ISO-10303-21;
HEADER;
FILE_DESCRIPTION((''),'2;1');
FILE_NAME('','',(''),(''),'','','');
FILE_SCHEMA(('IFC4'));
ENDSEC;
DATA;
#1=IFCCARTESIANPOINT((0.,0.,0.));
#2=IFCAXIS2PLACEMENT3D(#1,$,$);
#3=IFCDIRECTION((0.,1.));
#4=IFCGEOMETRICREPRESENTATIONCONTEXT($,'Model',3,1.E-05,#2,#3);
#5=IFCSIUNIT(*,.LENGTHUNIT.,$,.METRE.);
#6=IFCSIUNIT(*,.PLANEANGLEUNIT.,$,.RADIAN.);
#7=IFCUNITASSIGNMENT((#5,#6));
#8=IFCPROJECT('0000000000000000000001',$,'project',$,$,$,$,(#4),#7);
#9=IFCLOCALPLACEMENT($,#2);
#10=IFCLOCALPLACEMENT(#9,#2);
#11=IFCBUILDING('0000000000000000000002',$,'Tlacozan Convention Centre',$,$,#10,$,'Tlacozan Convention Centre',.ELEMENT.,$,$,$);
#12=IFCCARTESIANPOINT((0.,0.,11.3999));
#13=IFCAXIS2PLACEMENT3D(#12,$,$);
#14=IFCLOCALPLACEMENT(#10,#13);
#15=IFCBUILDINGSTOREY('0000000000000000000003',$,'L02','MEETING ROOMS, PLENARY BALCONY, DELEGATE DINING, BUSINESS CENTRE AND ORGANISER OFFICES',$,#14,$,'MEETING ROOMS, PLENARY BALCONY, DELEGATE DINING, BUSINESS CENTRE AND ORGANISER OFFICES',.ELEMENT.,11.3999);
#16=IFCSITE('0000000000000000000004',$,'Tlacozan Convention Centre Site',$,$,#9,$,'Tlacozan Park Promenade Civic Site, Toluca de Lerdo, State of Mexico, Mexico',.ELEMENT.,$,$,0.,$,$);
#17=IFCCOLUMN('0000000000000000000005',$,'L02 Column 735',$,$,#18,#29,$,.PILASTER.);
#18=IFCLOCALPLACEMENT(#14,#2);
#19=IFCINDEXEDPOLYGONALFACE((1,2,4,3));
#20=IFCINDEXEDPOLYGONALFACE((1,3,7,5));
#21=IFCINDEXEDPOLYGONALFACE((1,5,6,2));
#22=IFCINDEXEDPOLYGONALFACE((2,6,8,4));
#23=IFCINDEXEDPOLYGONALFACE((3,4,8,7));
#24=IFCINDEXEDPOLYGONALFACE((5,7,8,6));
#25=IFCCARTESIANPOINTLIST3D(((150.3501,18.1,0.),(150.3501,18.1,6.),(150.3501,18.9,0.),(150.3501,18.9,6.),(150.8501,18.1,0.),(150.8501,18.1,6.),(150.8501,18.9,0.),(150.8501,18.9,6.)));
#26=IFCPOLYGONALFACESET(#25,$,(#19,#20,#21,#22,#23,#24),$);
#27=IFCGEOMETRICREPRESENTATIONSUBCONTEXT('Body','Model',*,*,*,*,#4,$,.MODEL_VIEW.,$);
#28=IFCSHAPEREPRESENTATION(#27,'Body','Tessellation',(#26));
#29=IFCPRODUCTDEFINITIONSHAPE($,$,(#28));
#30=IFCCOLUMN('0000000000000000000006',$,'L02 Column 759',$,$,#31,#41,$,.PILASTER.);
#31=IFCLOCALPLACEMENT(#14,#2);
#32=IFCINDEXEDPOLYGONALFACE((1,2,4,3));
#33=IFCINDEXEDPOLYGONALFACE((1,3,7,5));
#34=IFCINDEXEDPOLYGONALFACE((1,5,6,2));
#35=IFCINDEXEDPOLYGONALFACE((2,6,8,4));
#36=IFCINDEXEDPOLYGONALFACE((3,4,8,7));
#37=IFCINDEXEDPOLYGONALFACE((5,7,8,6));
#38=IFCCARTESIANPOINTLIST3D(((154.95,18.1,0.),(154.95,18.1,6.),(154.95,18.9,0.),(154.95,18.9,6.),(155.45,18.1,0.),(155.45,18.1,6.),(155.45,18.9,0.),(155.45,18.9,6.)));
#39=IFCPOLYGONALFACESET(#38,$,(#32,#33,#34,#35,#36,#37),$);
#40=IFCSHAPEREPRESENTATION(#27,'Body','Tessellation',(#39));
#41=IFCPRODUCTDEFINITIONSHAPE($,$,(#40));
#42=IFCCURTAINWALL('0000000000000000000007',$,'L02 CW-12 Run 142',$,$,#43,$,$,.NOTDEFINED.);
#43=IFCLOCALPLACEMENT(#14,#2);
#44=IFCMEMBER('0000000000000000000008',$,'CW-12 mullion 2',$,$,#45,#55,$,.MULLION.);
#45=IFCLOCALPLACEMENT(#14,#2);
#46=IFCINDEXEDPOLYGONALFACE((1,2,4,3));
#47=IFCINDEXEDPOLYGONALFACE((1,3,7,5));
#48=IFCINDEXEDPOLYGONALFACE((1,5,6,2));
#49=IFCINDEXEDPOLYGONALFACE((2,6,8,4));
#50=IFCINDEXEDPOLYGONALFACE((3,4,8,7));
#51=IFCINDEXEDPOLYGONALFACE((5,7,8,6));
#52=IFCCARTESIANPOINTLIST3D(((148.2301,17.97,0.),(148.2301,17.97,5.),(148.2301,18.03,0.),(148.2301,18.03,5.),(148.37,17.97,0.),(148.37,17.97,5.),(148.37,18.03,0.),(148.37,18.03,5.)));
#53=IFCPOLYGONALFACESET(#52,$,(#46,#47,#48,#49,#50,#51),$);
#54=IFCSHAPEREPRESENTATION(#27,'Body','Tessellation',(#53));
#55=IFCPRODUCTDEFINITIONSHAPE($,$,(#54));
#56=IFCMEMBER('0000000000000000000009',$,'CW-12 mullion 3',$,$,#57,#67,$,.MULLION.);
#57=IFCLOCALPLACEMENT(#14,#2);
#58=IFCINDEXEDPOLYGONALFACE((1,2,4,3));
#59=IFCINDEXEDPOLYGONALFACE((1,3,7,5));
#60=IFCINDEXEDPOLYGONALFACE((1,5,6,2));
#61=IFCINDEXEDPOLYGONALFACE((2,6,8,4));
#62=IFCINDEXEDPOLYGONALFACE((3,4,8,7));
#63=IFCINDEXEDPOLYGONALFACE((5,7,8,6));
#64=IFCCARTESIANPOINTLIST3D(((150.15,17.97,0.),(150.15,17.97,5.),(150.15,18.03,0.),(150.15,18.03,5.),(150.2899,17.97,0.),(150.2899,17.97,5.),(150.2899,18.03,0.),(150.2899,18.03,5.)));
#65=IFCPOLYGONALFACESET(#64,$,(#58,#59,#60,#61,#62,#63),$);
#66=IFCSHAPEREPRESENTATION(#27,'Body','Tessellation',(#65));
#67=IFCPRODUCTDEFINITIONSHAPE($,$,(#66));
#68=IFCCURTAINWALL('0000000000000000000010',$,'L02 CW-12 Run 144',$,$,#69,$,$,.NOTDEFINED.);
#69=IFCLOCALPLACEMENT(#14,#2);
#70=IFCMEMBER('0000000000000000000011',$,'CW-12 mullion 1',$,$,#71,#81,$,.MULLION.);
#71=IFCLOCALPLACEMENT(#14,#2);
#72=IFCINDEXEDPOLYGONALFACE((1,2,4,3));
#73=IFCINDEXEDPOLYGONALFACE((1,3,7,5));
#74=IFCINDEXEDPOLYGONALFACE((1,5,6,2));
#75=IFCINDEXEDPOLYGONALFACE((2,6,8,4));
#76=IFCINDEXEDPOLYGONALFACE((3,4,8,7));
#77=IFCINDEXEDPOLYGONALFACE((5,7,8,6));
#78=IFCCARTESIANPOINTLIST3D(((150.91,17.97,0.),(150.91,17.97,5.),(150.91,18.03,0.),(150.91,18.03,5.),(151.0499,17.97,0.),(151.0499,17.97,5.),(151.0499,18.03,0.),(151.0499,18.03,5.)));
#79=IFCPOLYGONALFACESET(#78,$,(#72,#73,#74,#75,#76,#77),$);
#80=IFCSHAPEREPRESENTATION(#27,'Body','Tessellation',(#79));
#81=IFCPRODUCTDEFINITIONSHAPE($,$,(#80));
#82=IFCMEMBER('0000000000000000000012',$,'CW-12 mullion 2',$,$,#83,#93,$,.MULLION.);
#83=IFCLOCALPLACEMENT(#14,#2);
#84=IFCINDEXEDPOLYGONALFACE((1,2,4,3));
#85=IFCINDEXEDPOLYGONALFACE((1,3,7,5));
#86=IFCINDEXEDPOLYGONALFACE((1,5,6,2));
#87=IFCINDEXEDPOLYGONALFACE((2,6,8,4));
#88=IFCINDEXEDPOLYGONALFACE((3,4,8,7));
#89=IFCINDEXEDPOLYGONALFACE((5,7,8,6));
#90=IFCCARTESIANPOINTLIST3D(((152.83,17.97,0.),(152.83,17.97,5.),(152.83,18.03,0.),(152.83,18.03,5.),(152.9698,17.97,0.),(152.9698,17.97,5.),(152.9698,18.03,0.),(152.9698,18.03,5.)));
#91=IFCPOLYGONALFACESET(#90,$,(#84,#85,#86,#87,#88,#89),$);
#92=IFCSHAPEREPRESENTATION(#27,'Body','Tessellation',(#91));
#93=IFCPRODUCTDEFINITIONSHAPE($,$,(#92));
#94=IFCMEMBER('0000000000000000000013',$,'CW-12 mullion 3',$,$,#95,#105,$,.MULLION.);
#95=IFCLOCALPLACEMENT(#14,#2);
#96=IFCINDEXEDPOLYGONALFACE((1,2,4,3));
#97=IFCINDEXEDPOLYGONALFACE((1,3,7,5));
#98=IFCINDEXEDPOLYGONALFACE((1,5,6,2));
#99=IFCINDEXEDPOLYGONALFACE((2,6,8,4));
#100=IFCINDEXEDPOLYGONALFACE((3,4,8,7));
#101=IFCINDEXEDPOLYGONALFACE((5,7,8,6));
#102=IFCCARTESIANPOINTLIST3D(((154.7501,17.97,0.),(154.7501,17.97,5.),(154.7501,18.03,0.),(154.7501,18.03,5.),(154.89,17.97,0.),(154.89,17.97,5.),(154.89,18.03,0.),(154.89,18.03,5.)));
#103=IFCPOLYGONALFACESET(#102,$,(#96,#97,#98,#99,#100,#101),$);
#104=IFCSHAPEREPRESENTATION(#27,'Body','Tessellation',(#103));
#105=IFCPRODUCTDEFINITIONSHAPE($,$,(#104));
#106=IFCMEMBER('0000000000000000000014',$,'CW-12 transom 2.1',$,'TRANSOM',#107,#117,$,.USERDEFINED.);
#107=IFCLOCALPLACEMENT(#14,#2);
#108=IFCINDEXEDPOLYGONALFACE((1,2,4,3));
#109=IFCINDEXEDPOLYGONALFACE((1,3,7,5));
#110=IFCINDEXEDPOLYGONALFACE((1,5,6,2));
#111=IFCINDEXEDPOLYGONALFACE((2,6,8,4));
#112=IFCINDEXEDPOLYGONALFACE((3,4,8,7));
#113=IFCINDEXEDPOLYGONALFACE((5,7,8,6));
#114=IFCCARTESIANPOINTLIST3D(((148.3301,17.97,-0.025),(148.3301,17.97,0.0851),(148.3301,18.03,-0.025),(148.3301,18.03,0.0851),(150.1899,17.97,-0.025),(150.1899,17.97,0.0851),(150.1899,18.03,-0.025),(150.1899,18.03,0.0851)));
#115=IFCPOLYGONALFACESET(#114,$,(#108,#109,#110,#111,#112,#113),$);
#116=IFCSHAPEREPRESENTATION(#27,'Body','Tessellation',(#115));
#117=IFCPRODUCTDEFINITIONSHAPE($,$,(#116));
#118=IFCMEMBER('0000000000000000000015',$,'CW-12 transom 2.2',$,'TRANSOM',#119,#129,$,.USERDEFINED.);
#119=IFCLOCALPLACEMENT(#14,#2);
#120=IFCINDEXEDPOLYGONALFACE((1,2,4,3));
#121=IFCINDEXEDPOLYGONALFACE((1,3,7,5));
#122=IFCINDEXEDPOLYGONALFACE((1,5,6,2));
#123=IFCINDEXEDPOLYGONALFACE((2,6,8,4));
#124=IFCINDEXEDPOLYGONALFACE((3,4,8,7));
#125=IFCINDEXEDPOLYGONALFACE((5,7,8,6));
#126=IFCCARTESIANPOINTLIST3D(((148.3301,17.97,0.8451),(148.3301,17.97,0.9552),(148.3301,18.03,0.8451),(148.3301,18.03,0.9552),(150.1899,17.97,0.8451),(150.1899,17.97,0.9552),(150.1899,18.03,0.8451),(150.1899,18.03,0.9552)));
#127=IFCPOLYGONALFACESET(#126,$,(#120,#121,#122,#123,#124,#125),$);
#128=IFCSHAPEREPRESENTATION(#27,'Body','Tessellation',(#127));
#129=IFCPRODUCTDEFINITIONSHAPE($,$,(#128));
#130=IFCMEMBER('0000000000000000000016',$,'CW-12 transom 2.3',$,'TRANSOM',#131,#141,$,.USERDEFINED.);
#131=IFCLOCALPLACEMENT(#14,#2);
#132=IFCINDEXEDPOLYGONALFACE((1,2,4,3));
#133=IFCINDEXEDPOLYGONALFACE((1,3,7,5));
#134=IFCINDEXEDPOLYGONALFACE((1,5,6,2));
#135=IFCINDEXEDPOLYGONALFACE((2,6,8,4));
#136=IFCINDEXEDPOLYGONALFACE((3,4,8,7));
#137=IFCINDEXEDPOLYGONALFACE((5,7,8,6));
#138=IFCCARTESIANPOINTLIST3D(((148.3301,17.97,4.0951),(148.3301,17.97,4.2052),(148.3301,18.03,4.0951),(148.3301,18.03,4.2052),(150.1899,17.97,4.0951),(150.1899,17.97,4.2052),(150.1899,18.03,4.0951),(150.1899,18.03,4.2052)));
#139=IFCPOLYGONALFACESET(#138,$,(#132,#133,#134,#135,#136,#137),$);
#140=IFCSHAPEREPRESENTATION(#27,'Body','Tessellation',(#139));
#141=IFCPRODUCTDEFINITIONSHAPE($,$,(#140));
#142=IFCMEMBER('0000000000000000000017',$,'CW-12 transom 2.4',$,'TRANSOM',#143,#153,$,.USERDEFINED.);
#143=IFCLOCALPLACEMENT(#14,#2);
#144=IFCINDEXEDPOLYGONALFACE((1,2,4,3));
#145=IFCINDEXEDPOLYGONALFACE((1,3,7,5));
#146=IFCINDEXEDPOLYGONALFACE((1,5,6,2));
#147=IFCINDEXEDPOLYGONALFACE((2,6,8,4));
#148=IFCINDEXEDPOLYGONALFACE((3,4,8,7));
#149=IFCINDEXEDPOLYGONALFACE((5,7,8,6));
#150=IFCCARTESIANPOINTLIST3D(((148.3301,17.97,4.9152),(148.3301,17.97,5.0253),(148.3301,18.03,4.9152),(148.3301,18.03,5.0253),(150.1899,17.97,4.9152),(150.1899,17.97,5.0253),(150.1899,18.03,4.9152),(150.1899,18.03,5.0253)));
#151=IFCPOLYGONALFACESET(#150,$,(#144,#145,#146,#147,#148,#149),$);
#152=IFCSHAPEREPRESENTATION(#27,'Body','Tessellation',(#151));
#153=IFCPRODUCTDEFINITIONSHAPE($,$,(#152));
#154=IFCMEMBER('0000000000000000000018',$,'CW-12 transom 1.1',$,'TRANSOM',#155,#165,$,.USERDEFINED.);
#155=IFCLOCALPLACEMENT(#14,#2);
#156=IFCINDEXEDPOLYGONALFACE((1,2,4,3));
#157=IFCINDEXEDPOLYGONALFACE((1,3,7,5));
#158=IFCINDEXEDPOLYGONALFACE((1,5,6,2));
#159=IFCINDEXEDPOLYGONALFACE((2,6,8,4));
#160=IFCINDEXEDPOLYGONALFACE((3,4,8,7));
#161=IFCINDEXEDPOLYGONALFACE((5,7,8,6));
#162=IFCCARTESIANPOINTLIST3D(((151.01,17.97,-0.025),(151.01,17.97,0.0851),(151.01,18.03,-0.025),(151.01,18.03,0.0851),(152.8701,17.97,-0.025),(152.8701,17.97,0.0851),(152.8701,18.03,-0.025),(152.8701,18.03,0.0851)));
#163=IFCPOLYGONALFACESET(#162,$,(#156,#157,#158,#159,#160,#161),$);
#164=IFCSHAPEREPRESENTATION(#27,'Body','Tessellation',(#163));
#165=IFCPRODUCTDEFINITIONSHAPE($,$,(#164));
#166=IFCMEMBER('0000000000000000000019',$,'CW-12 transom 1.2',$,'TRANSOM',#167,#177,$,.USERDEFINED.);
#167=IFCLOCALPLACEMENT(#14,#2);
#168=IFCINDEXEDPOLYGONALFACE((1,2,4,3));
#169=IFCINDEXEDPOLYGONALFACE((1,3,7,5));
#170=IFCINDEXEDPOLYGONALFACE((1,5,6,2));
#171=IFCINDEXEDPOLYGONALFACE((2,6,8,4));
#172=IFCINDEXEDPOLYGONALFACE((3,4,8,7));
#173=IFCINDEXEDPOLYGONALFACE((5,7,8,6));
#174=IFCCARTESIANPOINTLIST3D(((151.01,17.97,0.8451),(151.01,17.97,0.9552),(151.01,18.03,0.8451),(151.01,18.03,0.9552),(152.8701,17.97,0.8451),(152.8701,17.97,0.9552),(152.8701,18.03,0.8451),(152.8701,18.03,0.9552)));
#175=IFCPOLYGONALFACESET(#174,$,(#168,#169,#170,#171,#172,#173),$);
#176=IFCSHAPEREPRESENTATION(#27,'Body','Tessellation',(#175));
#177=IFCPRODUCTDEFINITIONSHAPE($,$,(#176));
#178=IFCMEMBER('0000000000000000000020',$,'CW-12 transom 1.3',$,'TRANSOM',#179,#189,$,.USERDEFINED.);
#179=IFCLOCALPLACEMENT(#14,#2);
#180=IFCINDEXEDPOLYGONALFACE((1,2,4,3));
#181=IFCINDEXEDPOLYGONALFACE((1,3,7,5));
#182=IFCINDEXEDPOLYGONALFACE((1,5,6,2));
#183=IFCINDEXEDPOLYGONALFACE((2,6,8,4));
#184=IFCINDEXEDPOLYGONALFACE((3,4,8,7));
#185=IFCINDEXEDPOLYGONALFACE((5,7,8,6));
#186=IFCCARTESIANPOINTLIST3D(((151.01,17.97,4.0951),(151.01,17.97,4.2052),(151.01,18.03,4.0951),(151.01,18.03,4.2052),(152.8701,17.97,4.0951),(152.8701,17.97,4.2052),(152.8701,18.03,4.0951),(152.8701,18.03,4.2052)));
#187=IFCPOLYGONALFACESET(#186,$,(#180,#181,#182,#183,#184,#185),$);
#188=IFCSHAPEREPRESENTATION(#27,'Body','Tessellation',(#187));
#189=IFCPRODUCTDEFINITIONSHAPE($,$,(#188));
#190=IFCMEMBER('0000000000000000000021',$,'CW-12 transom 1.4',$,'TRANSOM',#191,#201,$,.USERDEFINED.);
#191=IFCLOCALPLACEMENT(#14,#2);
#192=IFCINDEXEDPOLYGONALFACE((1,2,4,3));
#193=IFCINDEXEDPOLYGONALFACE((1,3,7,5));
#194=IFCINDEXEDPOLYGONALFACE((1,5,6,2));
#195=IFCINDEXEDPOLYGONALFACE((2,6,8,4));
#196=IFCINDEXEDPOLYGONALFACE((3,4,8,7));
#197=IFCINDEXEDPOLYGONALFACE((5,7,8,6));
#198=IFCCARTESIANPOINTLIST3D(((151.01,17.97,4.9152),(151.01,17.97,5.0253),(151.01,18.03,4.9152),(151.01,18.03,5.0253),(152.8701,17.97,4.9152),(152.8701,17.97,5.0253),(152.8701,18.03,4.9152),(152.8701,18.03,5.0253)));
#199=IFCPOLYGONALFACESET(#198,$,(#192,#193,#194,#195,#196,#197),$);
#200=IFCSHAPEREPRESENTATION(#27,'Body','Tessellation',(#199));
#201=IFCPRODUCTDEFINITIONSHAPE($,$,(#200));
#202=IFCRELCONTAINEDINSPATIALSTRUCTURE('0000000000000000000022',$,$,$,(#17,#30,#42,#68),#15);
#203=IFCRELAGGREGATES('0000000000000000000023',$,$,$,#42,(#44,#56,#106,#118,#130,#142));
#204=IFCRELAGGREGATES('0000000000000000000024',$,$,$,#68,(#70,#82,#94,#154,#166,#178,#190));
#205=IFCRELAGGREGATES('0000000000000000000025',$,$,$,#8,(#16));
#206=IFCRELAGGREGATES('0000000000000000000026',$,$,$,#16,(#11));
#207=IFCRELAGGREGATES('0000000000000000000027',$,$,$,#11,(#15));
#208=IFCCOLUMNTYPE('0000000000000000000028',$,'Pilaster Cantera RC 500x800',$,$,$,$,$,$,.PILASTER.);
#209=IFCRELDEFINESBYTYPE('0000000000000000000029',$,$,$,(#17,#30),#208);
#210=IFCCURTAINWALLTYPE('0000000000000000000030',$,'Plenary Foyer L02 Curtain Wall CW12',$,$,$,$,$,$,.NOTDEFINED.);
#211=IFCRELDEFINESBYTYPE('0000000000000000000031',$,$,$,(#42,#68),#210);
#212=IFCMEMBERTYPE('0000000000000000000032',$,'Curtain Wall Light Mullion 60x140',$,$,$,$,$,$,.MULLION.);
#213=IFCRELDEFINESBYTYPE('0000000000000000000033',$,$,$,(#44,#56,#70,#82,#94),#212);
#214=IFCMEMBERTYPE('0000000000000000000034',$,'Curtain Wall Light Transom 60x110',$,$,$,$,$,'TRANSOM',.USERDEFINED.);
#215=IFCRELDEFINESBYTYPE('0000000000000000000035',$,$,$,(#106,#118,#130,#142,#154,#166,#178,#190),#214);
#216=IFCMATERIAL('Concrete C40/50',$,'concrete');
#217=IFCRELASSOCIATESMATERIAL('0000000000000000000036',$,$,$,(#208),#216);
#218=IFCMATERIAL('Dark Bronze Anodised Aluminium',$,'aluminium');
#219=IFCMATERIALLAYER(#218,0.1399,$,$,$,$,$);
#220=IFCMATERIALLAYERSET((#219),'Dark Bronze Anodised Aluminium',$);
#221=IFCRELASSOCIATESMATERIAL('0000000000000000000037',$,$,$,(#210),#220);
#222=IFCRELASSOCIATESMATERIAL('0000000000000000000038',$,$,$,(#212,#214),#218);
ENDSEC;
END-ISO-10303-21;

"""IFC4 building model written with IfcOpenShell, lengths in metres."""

from ifc_helpers import new_model, si_unit, direction, frame, origin, origin_2d, place, context, subcontext, project, spatial, rectangle, extrude, material, layer, layer_set, material_profile, profile_set, type_object, element, aggregate, save


model = new_model("IFC4")

# Units and contexts
model_context = context("Model", 3, precision=1e-05, world=origin(), true_north=direction((0.0, 1.0)))
body_context = subcontext(model_context, "Body", "Model", "MODEL_VIEW")
ifc_project = project(units=[si_unit("LENGTHUNIT", "METRE"), si_unit("PLANEANGLEUNIT", "RADIAN")], contexts=[model_context])

# Site, building, storey
site_placement = place(None, origin())
site = spatial("IfcSite", under=ifc_project, at=site_placement, Name="Tlacozan Convention Centre Site", LongName="Tlacozan Park Promenade Civic Site, Toluca de Lerdo, State of Mexico, Mexico", CompositionType="ELEMENT", RefElevation=0.0)
building_placement = place(site_placement, origin())
building = spatial("IfcBuilding", under=site, at=building_placement, Name="Tlacozan Convention Centre", LongName="Tlacozan Convention Centre", CompositionType="ELEMENT")
storey_placement = place(building_placement, frame((0.0, 0.0, 11.3999)))
storey = spatial("IfcBuildingStorey", under=building, at=storey_placement, Name="L02", Description="MEETING ROOMS, PLENARY BALCONY, DELEGATE DINING, BUSINESS CENTRE AND ORGANISER OFFICES", LongName="MEETING ROOMS, PLENARY BALCONY, DELEGATE DINING, BUSINESS CENTRE AND ORGANISER OFFICES", CompositionType="ELEMENT", Elevation=11.3999)

# Columns
ifc_material_1 = material(Name="Concrete C40/50", Category="concrete")
ifc_material_profile_1 = material_profile(ifc_material_1, rectangle(XDim=0.5, YDim=0.8, at=origin_2d()), Name="RC 500x800")
ifc_profile_set_1 = profile_set([ifc_material_profile_1], Name="Concrete C40/50")
column_type = type_object("IfcColumnType", Name="Pilaster Cantera RC 500x800", PredefinedType="PILASTER", material=ifc_profile_set_1)
for number, where, z_axis, x_axis, name in (
    (1, (150.6001, 18.5, 0.0), (0.0, 0.0, 1.0), (1.0, 0.0, 0.0), "L02 Column 735"),
    (2, (155.2, 18.5, 0.0), (0.0, 0.0, 1.0), (1.0, 0.0, 0.0), "L02 Column 759"),
):
    element("IfcColumn", number, at=place(storey_placement, frame(where, z_axis=z_axis, x_axis=x_axis)), inside=storey, type_object=column_type, Name=name, PredefinedType="PILASTER", context=body_context, shape_type="SweptSolid", body=[
        extrude(rectangle(XDim=0.5, YDim=0.8, at=origin_2d()), origin(), (0.0, 0.0, 1.0), 6.0),
    ])

# Curtain walls, members
ifc_material_2 = material(Name="Dark Bronze Anodised Aluminium", Category="aluminium")
ifc_layer_1 = layer(ifc_material_2, 0.1399)
ifc_layer_set_1 = layer_set([ifc_layer_1], Name="Dark Bronze Anodised Aluminium")
curtain_wall_type = type_object("IfcCurtainWallType", Name="Plenary Foyer L02 Curtain Wall CW12", PredefinedType="NOTDEFINED", material=ifc_layer_set_1)
curtain_wall_1_placement = place(storey_placement, origin())
curtain_wall_1 = element("IfcCurtainWall", 3, at=curtain_wall_1_placement, inside=storey, type_object=curtain_wall_type, Name="L02 CW-12 Run 142", PredefinedType="NOTDEFINED")
ifc_material_profile_2 = material_profile(ifc_material_2, rectangle(XDim=0.0601, YDim=0.1399, at=origin_2d()), Name="ALU 60x140")
ifc_profile_set_2 = profile_set([ifc_material_profile_2], Name="Dark Bronze Anodised Aluminium")
member_type_1 = type_object("IfcMemberType", Name="Curtain Wall Light Mullion 60x140", PredefinedType="MULLION", material=ifc_profile_set_2)
member_1_placement = place(storey_placement, frame((148.3, 18.0, 0.0), z_axis=(0.0, 0.0, 1.0), x_axis=(0.0, 1.0, 0.0)))
member_1 = element("IfcMember", 4, at=member_1_placement, type_object=member_type_1, Name="CW-12 mullion 2", PredefinedType="MULLION", context=body_context, shape_type="SweptSolid", body=[
    extrude(rectangle(XDim=0.0601, YDim=0.1399, at=origin_2d()), origin(), (0.0, 0.0, 1.0), 5.0),
])
member_2_placement = place(storey_placement, frame((150.22, 18.0, 0.0), z_axis=(0.0, 0.0, 1.0), x_axis=(0.0, 1.0, 0.0)))
member_2 = element("IfcMember", 5, at=member_2_placement, type_object=member_type_1, Name="CW-12 mullion 3", PredefinedType="MULLION", context=body_context, shape_type="SweptSolid", body=[
    extrude(rectangle(XDim=0.0601, YDim=0.1399, at=origin_2d()), origin(), (0.0, 0.0, 1.0), 5.0),
])
curtain_wall_2_placement = place(storey_placement, origin())
curtain_wall_2 = element("IfcCurtainWall", 6, at=curtain_wall_2_placement, inside=storey, type_object=curtain_wall_type, Name="L02 CW-12 Run 144", PredefinedType="NOTDEFINED")
member_3_placement = place(storey_placement, frame((150.98, 18.0, 0.0), z_axis=(0.0, 0.0, 1.0), x_axis=(0.0, 1.0, 0.0)))
member_3 = element("IfcMember", 7, at=member_3_placement, type_object=member_type_1, Name="CW-12 mullion 1", PredefinedType="MULLION", context=body_context, shape_type="SweptSolid", body=[
    extrude(rectangle(XDim=0.0601, YDim=0.1399, at=origin_2d()), origin(), (0.0, 0.0, 1.0), 5.0),
])
member_4_placement = place(storey_placement, frame((152.8999, 18.0, 0.0), z_axis=(0.0, 0.0, 1.0), x_axis=(0.0, 1.0, 0.0)))
member_4 = element("IfcMember", 8, at=member_4_placement, type_object=member_type_1, Name="CW-12 mullion 2", PredefinedType="MULLION", context=body_context, shape_type="SweptSolid", body=[
    extrude(rectangle(XDim=0.0601, YDim=0.1399, at=origin_2d()), origin(), (0.0, 0.0, 1.0), 5.0),
])
member_5_placement = place(storey_placement, frame((154.8201, 18.0, 0.0), z_axis=(0.0, 0.0, 1.0), x_axis=(0.0, 1.0, 0.0)))
member_5 = element("IfcMember", 9, at=member_5_placement, type_object=member_type_1, Name="CW-12 mullion 3", PredefinedType="MULLION", context=body_context, shape_type="SweptSolid", body=[
    extrude(rectangle(XDim=0.0601, YDim=0.1399, at=origin_2d()), origin(), (0.0, 0.0, 1.0), 5.0),
])

# Members
ifc_material_profile_3 = material_profile(ifc_material_2, rectangle(XDim=0.0601, YDim=0.1101, at=origin_2d()), Name="ALU 60x110")
ifc_profile_set_3 = profile_set([ifc_material_profile_3], Name="Dark Bronze Anodised Aluminium")
member_type_2 = type_object("IfcMemberType", Name="Curtain Wall Light Transom 60x110", ElementType="TRANSOM", PredefinedType="USERDEFINED", material=ifc_profile_set_3)
member_6_placement = place(storey_placement, frame((148.3301, 18.0, 0.03), z_axis=(1.0, 0.0, 0.0), x_axis=(0.0, 1.0, 0.0)))
member_6 = element("IfcMember", 10, at=member_6_placement, type_object=member_type_2, Name="CW-12 transom 2.1", ObjectType="TRANSOM", PredefinedType="USERDEFINED", context=body_context, shape_type="SweptSolid", body=[
    extrude(rectangle(XDim=0.0601, YDim=0.1101, at=origin_2d()), origin(), (0.0, 0.0, 1.0), 1.8599),
])
member_7_placement = place(storey_placement, frame((148.3301, 18.0, 0.9001), z_axis=(1.0, 0.0, 0.0), x_axis=(0.0, 1.0, 0.0)))
member_7 = element("IfcMember", 11, at=member_7_placement, type_object=member_type_2, Name="CW-12 transom 2.2", ObjectType="TRANSOM", PredefinedType="USERDEFINED", context=body_context, shape_type="SweptSolid", body=[
    extrude(rectangle(XDim=0.0601, YDim=0.1101, at=origin_2d()), origin(), (0.0, 0.0, 1.0), 1.8599),
])
member_8_placement = place(storey_placement, frame((148.3301, 18.0, 4.1501), z_axis=(1.0, 0.0, 0.0), x_axis=(0.0, 1.0, 0.0)))
member_8 = element("IfcMember", 12, at=member_8_placement, type_object=member_type_2, Name="CW-12 transom 2.3", ObjectType="TRANSOM", PredefinedType="USERDEFINED", context=body_context, shape_type="SweptSolid", body=[
    extrude(rectangle(XDim=0.0601, YDim=0.1101, at=origin_2d()), origin(), (0.0, 0.0, 1.0), 1.8599),
])
member_9_placement = place(storey_placement, frame((148.3301, 18.0, 4.9702), z_axis=(1.0, 0.0, 0.0), x_axis=(0.0, 1.0, 0.0)))
member_9 = element("IfcMember", 13, at=member_9_placement, type_object=member_type_2, Name="CW-12 transom 2.4", ObjectType="TRANSOM", PredefinedType="USERDEFINED", context=body_context, shape_type="SweptSolid", body=[
    extrude(rectangle(XDim=0.0601, YDim=0.1101, at=origin_2d()), origin(), (0.0, 0.0, 1.0), 1.8599),
])
member_10_placement = place(storey_placement, frame((151.01, 18.0, 0.03), z_axis=(1.0, 0.0, 0.0), x_axis=(0.0, 1.0, 0.0)))
member_10 = element("IfcMember", 14, at=member_10_placement, type_object=member_type_2, Name="CW-12 transom 1.1", ObjectType="TRANSOM", PredefinedType="USERDEFINED", context=body_context, shape_type="SweptSolid", body=[
    extrude(rectangle(XDim=0.0601, YDim=0.1101, at=origin_2d()), origin(), (0.0, 0.0, 1.0), 1.8601),
])
member_11_placement = place(storey_placement, frame((151.01, 18.0, 0.9001), z_axis=(1.0, 0.0, 0.0), x_axis=(0.0, 1.0, 0.0)))
member_11 = element("IfcMember", 15, at=member_11_placement, type_object=member_type_2, Name="CW-12 transom 1.2", ObjectType="TRANSOM", PredefinedType="USERDEFINED", context=body_context, shape_type="SweptSolid", body=[
    extrude(rectangle(XDim=0.0601, YDim=0.1101, at=origin_2d()), origin(), (0.0, 0.0, 1.0), 1.8601),
])
member_12_placement = place(storey_placement, frame((151.01, 18.0, 4.1501), z_axis=(1.0, 0.0, 0.0), x_axis=(0.0, 1.0, 0.0)))
member_12 = element("IfcMember", 16, at=member_12_placement, type_object=member_type_2, Name="CW-12 transom 1.3", ObjectType="TRANSOM", PredefinedType="USERDEFINED", context=body_context, shape_type="SweptSolid", body=[
    extrude(rectangle(XDim=0.0601, YDim=0.1101, at=origin_2d()), origin(), (0.0, 0.0, 1.0), 1.8601),
])
member_13_placement = place(storey_placement, frame((151.01, 18.0, 4.9702), z_axis=(1.0, 0.0, 0.0), x_axis=(0.0, 1.0, 0.0)))
member_13 = element("IfcMember", 17, at=member_13_placement, type_object=member_type_2, Name="CW-12 transom 1.4", ObjectType="TRANSOM", PredefinedType="USERDEFINED", context=body_context, shape_type="SweptSolid", body=[
    extrude(rectangle(XDim=0.0601, YDim=0.1101, at=origin_2d()), origin(), (0.0, 0.0, 1.0), 1.8601),
])

aggregate(curtain_wall_1, [member_1, member_2, member_6, member_7, member_8, member_9])
aggregate(curtain_wall_2, [member_3, member_4, member_5, member_10, member_11, member_12, member_13])

save(model, "model.ifc")
